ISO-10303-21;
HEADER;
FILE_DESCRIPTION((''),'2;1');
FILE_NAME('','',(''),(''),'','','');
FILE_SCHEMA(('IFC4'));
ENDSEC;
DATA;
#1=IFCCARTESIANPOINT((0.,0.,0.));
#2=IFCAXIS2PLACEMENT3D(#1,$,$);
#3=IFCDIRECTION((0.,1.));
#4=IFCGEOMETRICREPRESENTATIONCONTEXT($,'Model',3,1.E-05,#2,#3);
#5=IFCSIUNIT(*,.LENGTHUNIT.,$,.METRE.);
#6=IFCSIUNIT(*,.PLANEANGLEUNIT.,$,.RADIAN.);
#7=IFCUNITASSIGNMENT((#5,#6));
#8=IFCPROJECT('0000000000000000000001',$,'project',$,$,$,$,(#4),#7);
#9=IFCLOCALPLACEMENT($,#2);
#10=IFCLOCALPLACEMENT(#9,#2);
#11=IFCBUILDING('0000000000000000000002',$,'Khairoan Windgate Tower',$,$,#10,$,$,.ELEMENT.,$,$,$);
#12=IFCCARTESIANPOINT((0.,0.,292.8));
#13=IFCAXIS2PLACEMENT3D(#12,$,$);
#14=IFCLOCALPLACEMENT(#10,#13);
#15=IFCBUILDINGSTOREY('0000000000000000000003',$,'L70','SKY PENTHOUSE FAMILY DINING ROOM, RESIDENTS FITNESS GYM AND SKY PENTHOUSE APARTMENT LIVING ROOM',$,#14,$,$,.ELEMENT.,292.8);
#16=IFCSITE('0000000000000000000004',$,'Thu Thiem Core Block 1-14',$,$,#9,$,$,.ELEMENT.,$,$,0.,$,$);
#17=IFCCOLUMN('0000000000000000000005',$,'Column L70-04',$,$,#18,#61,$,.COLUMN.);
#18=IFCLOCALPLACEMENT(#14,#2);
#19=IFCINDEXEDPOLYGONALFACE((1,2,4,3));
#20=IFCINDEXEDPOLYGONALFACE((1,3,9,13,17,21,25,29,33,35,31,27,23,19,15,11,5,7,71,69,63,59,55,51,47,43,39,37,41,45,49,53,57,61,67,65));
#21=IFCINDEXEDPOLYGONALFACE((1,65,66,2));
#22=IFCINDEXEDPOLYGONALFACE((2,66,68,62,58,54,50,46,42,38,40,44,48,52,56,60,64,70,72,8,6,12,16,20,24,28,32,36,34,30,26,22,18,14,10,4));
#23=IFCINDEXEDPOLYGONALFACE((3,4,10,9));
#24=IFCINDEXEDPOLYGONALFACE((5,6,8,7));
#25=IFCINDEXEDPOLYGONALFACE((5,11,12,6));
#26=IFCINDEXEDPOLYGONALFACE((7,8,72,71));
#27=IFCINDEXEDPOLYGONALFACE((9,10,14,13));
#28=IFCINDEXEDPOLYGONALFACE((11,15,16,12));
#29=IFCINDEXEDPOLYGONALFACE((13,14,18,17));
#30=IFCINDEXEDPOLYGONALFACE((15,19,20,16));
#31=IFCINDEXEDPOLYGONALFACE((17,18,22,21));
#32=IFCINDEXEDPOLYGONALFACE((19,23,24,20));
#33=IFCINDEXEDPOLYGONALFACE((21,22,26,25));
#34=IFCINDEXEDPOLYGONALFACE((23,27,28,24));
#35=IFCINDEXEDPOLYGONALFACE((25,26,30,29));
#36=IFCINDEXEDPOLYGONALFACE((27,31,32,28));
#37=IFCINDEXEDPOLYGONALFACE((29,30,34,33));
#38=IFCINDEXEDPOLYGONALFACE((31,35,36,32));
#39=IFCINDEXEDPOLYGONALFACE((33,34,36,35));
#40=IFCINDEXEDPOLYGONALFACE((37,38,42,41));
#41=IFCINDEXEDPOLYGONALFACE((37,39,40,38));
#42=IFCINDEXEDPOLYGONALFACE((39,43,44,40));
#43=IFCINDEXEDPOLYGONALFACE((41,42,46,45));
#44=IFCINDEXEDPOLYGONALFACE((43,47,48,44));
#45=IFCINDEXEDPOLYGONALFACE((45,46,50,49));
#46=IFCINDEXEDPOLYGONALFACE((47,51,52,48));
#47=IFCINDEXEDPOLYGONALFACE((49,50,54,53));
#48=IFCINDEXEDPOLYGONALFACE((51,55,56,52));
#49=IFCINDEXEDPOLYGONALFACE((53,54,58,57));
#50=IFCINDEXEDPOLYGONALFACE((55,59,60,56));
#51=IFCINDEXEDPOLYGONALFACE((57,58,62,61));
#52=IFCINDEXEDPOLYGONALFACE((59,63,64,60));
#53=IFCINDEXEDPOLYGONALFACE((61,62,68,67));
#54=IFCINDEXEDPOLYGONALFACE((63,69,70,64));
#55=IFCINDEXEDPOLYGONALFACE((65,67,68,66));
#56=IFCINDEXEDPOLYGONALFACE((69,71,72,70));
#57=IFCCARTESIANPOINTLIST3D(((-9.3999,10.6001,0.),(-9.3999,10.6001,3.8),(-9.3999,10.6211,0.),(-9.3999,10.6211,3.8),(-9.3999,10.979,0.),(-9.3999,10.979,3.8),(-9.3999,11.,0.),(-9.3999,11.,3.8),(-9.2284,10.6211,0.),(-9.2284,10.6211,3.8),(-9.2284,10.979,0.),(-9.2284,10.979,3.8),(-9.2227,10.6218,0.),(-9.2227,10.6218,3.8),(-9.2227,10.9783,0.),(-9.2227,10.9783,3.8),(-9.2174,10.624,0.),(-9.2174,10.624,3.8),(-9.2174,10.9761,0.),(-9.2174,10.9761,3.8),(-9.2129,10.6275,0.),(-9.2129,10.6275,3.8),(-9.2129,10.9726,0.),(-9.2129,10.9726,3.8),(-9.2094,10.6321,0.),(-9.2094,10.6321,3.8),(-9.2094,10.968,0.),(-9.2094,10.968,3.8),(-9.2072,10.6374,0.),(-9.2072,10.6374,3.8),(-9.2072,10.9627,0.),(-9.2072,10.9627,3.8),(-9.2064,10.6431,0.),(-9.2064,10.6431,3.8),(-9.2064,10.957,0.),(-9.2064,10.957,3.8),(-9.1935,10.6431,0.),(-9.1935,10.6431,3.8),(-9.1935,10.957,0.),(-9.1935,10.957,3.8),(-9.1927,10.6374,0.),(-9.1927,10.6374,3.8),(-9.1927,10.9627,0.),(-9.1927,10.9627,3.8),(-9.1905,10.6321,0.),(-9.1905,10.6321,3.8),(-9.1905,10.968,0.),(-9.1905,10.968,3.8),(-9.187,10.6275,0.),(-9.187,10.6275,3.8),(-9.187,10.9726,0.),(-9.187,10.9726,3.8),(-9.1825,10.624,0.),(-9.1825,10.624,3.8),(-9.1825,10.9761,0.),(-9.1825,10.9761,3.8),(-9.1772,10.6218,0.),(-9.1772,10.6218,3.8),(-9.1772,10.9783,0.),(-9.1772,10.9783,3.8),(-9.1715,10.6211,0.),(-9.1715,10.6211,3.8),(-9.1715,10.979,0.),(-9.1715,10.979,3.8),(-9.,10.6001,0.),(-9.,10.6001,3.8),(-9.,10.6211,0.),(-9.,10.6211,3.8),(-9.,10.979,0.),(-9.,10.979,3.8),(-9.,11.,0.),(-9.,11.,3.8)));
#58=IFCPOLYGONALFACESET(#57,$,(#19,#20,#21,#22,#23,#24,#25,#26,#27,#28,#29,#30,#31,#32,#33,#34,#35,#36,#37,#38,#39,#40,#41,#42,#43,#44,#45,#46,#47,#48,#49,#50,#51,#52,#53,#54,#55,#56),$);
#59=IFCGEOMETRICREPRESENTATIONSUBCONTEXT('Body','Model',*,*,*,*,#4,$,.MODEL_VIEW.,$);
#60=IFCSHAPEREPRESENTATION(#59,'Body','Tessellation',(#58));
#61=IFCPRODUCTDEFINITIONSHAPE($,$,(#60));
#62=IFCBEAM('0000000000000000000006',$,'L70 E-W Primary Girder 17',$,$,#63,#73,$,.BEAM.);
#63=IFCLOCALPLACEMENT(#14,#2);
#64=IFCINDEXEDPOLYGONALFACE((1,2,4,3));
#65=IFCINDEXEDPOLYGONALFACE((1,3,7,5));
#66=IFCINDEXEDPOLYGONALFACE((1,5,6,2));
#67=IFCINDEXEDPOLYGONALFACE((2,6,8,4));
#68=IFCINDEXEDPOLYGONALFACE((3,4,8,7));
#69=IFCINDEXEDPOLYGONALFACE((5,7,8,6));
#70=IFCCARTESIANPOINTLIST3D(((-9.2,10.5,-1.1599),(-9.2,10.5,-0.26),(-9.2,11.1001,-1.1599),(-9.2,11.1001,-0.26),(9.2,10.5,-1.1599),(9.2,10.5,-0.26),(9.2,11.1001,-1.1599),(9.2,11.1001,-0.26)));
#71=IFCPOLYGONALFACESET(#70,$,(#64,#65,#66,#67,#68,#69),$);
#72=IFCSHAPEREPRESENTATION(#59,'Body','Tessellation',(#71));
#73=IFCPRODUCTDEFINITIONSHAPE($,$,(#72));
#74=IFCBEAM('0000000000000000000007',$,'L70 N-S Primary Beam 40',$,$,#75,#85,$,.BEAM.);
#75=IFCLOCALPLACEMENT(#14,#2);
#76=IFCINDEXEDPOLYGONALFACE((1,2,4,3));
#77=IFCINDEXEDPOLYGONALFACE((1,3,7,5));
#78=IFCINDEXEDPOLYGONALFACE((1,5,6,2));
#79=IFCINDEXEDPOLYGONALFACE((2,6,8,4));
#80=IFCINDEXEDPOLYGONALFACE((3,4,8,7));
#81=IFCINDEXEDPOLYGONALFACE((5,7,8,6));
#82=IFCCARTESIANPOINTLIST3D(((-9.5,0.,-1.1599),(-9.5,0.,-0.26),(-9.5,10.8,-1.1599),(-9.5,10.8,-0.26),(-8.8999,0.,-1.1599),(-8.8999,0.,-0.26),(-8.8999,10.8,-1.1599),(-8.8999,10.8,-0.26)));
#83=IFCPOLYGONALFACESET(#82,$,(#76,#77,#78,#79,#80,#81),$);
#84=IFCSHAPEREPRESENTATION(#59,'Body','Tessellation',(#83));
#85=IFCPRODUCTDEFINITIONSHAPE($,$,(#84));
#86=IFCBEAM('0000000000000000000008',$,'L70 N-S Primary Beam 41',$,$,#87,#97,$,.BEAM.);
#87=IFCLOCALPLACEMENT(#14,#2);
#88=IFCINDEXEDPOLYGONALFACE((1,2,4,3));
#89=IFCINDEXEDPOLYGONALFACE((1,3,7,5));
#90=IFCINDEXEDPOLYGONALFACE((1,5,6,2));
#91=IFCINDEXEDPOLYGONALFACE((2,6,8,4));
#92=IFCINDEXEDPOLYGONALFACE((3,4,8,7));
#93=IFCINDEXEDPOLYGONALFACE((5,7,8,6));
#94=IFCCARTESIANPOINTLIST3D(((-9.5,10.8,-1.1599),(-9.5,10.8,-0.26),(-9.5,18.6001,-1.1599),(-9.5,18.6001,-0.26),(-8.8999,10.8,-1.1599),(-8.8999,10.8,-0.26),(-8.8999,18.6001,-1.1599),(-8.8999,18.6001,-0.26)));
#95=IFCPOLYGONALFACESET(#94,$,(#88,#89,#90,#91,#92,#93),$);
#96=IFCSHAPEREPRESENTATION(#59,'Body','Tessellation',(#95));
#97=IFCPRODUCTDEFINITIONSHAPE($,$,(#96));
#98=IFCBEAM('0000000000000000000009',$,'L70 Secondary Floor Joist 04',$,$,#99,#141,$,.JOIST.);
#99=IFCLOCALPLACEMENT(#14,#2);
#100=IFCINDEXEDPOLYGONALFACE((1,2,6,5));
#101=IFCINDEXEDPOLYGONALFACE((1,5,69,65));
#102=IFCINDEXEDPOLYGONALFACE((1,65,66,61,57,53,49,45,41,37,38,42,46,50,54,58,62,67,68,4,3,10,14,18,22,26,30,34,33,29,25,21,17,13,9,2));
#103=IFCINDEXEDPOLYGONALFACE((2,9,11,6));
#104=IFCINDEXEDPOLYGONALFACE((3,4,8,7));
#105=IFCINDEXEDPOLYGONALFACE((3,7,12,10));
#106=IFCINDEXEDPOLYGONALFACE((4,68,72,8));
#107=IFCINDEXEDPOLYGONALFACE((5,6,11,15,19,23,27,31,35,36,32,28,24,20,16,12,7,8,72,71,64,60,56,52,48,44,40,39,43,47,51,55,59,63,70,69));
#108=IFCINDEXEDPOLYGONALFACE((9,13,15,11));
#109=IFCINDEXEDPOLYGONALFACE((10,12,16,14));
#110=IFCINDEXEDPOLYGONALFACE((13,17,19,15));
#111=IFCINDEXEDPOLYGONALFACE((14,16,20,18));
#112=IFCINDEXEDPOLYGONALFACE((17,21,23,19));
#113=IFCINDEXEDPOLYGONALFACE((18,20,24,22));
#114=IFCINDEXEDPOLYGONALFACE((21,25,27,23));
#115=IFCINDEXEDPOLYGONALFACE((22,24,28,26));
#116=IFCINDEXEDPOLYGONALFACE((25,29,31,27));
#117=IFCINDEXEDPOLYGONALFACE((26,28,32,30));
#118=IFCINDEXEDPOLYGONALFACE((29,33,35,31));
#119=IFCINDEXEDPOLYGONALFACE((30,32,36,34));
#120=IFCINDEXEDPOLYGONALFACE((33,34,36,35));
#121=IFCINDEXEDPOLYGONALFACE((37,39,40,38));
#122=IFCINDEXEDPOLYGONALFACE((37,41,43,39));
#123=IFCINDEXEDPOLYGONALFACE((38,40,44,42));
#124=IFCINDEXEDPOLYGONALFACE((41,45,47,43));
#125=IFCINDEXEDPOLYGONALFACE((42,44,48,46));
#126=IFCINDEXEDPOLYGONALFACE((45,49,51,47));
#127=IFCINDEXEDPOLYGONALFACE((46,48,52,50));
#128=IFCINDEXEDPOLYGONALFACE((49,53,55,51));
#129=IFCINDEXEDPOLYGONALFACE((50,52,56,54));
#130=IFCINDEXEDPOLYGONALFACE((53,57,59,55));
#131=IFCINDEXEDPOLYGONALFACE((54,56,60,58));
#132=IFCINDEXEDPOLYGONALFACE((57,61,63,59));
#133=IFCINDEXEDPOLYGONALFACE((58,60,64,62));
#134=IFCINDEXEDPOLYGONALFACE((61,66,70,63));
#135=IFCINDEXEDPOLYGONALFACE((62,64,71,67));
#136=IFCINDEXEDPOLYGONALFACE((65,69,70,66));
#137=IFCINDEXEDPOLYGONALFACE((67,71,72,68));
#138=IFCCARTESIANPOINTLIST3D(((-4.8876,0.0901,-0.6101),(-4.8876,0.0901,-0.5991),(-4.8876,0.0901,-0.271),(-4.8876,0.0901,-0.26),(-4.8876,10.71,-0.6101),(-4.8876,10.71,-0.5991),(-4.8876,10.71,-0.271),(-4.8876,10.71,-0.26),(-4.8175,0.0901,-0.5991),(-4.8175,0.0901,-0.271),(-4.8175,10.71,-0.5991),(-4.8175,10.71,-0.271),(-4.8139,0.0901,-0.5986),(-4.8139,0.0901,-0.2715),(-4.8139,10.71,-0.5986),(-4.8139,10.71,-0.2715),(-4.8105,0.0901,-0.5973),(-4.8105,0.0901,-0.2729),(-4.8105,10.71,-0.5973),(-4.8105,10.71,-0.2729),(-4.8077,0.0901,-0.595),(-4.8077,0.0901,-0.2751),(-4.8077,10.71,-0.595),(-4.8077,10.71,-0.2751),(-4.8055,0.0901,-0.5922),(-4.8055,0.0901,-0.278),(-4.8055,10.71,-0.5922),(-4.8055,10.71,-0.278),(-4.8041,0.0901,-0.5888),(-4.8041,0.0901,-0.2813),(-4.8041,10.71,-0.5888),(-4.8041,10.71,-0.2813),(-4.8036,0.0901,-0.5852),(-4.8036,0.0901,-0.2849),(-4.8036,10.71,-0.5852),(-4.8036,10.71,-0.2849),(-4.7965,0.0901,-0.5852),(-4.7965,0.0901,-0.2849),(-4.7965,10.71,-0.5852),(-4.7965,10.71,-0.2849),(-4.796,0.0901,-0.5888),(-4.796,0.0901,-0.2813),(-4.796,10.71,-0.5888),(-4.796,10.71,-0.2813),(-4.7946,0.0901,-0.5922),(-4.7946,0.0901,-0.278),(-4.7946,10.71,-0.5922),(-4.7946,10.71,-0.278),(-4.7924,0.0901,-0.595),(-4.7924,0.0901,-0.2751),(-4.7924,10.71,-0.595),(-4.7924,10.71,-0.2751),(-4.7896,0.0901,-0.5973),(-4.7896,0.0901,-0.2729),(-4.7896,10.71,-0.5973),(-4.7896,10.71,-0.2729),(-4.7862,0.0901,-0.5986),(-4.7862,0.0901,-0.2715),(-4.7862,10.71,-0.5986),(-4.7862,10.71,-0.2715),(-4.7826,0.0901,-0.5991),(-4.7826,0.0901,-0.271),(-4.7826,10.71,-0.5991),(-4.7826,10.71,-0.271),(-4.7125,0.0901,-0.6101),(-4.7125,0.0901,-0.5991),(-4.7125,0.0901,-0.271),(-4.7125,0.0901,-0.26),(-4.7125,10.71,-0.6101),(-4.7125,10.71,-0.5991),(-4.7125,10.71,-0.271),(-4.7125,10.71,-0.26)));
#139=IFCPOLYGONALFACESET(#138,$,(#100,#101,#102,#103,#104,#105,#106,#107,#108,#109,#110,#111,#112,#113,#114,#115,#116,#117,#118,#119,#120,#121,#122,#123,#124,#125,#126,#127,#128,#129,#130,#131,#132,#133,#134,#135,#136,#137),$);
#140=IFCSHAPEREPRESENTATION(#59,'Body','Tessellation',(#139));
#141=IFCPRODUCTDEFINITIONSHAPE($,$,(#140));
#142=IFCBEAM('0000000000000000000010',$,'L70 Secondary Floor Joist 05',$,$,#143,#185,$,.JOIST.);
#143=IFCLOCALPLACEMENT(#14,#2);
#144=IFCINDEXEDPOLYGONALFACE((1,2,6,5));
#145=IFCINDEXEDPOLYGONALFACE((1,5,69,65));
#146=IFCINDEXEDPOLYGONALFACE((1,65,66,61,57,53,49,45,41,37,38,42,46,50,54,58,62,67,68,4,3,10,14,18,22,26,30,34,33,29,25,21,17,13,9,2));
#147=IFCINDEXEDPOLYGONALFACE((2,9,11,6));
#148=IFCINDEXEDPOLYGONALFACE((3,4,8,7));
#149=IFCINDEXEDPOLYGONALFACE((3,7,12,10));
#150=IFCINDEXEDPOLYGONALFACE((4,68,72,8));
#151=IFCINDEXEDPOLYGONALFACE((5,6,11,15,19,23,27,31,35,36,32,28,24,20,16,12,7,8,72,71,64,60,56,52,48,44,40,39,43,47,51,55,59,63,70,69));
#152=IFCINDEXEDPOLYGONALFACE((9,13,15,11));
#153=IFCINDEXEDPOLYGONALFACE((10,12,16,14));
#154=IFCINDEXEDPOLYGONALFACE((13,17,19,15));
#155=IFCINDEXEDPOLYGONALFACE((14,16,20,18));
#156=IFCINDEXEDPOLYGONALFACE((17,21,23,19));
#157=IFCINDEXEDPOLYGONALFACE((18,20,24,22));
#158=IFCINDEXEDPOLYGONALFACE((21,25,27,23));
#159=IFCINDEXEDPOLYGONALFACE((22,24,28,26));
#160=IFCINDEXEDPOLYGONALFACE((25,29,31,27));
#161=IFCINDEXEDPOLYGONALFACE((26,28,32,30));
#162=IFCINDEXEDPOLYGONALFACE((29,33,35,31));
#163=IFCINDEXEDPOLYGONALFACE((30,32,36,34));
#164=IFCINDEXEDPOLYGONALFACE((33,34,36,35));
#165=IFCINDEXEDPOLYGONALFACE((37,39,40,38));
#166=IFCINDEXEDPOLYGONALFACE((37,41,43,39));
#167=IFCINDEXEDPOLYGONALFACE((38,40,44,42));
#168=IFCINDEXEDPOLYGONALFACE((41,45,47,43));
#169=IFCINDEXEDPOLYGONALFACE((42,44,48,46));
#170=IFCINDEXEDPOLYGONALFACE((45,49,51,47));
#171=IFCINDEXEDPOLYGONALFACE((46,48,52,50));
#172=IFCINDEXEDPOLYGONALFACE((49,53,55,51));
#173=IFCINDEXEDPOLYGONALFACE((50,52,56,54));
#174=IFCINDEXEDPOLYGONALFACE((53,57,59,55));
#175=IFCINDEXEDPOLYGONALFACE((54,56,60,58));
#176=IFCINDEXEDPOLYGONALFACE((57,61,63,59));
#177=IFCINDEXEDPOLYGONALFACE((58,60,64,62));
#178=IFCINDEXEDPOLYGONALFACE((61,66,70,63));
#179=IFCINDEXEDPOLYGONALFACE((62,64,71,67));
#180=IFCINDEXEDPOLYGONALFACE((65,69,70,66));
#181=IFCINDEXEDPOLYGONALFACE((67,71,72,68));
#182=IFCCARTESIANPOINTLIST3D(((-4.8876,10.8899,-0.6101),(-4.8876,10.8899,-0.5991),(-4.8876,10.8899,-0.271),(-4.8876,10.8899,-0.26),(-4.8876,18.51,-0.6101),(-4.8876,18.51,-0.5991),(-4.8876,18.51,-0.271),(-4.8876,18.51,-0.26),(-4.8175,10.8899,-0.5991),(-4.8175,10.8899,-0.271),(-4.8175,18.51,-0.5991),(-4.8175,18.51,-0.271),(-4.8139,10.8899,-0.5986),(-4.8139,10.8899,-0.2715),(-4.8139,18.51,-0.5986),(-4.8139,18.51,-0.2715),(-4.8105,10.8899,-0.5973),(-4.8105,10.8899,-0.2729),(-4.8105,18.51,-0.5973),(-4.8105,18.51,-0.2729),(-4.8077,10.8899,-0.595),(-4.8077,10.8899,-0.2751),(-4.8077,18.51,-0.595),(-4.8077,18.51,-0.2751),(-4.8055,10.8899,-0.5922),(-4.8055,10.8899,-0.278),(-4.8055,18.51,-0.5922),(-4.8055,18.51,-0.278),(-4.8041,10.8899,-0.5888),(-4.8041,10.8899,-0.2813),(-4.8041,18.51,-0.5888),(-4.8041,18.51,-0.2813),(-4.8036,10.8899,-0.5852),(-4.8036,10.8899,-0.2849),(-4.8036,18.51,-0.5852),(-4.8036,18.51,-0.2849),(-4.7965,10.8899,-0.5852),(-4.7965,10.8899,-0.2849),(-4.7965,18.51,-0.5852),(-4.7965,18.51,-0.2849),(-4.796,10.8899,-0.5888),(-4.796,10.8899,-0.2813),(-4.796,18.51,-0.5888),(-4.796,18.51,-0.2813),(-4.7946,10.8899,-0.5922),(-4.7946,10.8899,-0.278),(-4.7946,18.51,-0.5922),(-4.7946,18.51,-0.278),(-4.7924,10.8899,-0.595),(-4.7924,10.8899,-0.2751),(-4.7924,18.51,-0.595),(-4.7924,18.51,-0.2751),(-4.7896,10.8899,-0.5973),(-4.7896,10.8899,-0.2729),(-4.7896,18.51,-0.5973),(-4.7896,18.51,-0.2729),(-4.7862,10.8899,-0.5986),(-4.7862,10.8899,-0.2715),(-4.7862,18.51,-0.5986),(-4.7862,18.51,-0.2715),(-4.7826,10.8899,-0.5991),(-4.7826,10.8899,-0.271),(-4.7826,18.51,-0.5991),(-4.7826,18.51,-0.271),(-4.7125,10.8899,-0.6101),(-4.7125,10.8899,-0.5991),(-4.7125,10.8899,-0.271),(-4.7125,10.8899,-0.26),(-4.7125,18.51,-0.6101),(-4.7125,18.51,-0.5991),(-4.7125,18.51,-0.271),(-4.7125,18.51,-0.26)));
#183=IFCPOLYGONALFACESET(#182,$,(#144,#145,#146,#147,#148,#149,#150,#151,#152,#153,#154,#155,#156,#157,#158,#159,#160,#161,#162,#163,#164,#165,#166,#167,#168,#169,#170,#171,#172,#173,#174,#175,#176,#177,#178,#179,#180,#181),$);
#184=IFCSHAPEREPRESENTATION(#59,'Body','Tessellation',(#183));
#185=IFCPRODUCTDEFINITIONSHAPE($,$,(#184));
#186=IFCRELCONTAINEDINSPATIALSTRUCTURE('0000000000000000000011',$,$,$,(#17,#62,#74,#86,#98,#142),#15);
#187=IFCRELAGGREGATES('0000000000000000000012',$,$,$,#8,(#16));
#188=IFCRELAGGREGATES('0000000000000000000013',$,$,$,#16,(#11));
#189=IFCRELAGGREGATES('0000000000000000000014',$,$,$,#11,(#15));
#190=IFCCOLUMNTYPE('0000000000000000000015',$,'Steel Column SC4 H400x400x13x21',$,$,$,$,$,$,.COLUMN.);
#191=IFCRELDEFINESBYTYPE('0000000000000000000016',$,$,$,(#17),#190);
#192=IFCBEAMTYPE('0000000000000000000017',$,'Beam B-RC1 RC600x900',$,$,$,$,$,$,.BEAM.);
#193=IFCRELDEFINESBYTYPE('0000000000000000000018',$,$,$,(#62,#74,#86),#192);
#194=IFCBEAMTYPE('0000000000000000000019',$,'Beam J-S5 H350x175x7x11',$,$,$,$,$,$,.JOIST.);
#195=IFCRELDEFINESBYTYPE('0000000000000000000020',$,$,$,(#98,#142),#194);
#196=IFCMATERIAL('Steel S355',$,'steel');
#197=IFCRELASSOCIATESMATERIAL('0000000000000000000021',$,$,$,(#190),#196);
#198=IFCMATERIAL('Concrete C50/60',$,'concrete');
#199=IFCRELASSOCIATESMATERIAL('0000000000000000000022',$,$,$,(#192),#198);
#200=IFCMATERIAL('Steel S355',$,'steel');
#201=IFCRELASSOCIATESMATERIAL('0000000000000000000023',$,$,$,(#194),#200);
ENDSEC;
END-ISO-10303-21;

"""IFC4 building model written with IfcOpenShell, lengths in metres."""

from ifc_helpers import new_model, si_unit, direction, frame, origin, origin_2d, place, context, subcontext, project, spatial, rectangle, i_section, extrude, material, material_profile, profile_set, type_object, element, save


model = new_model("IFC4")

# Units and contexts
model_context = context("Model", 3, precision=1e-05, world=origin(), true_north=direction((0.0, 1.0)))
body_context = subcontext(model_context, "Body", "Model", "MODEL_VIEW")
ifc_project = project(units=[si_unit("LENGTHUNIT", "METRE"), si_unit("PLANEANGLEUNIT", "RADIAN")], contexts=[model_context])

# Site, building, storey
site_placement = place(None, origin())
site = spatial("IfcSite", under=ifc_project, at=site_placement, Name="Thu Thiem Core Block 1-14", CompositionType="ELEMENT", RefElevation=0.0)
building_placement = place(site_placement, origin())
building = spatial("IfcBuilding", under=site, at=building_placement, Name="Khairoan Windgate Tower", CompositionType="ELEMENT")
storey_placement = place(building_placement, frame((0.0, 0.0, 292.8)))
storey = spatial("IfcBuildingStorey", under=building, at=storey_placement, Name="L70", Description="SKY PENTHOUSE FAMILY DINING ROOM, RESIDENTS FITNESS GYM AND SKY PENTHOUSE APARTMENT LIVING ROOM", CompositionType="ELEMENT", Elevation=292.8)

# Column
ifc_material_1 = material(Name="Steel S355", Category="steel")
ifc_material_profile_1 = material_profile(ifc_material_1, i_section(OverallWidth=0.3999, OverallDepth=0.3999, WebThickness=0.0129, FlangeThickness=0.021, FilletRadius=0.022, at=origin_2d()))
ifc_profile_set_1 = profile_set([ifc_material_profile_1], Name="Steel S355")
column_type = type_object("IfcColumnType", Name="Steel Column SC4 H400x400x13x21", PredefinedType="COLUMN", material=ifc_profile_set_1)
column_placement = place(storey_placement, frame((-9.2, 10.8, 0.0), z_axis=(0.0, 0.0, 1.0), x_axis=(1.0, 0.0, 0.0)))
element("IfcColumn", 1, at=column_placement, inside=storey, type_object=column_type, Name="Column L70-04", PredefinedType="COLUMN", context=body_context, shape_type="SweptSolid", body=[
    extrude(i_section(OverallWidth=0.3999, OverallDepth=0.3999, WebThickness=0.0129, FlangeThickness=0.021, FilletRadius=0.022, at=origin_2d()), origin(), (0.0, 0.0, 1.0), 3.8),
])

# Beams
ifc_material_2 = material(Name="Concrete C50/60", Category="concrete")
ifc_material_profile_2 = material_profile(ifc_material_2, rectangle(XDim=0.6001, YDim=0.8999, at=origin_2d()))
ifc_profile_set_2 = profile_set([ifc_material_profile_2], Name="Concrete C50/60")
beam_type_1 = type_object("IfcBeamType", Name="Beam B-RC1 RC600x900", PredefinedType="BEAM", material=ifc_profile_set_2)
beam_1_placement = place(storey_placement, frame((-9.2, 10.8, -0.71), z_axis=(1.0, 0.0, 0.0), x_axis=(0.0, 1.0, 0.0)))
element("IfcBeam", 2, at=beam_1_placement, inside=storey, type_object=beam_type_1, Name="L70 E-W Primary Girder 17", PredefinedType="BEAM", context=body_context, shape_type="SweptSolid", body=[
    extrude(rectangle(XDim=0.6001, YDim=0.8999, at=origin_2d()), origin(), (0.0, 0.0, 1.0), 18.3999),
])
beam_2_placement = place(storey_placement, frame((-9.2, 0.0, -0.71), z_axis=(0.0, 1.0, 0.0), x_axis=(-1.0, 0.0, 0.0)))
element("IfcBeam", 3, at=beam_2_placement, inside=storey, type_object=beam_type_1, Name="L70 N-S Primary Beam 40", PredefinedType="BEAM", context=body_context, shape_type="SweptSolid", body=[
    extrude(rectangle(XDim=0.6001, YDim=0.8999, at=origin_2d()), origin(), (0.0, 0.0, 1.0), 10.8),
])
beam_3_placement = place(storey_placement, frame((-9.2, 10.8, -0.71), z_axis=(0.0, 1.0, 0.0), x_axis=(-1.0, 0.0, 0.0)))
element("IfcBeam", 4, at=beam_3_placement, inside=storey, type_object=beam_type_1, Name="L70 N-S Primary Beam 41", PredefinedType="BEAM", context=body_context, shape_type="SweptSolid", body=[
    extrude(rectangle(XDim=0.6001, YDim=0.8999, at=origin_2d()), origin(), (0.0, 0.0, 1.0), 7.8),
])
ifc_material_3 = material(Name="Steel S355", Category="steel")
ifc_material_profile_3 = material_profile(ifc_material_3, i_section(OverallWidth=0.175, OverallDepth=0.3501, WebThickness=0.0071, FlangeThickness=0.011, FilletRadius=0.0139, at=origin_2d()))
ifc_profile_set_3 = profile_set([ifc_material_profile_3], Name="Steel S355")
beam_type_2 = type_object("IfcBeamType", Name="Beam J-S5 H350x175x7x11", PredefinedType="JOIST", material=ifc_profile_set_3)
beam_4_placement = place(storey_placement, frame((-4.8, 0.0901, -0.4351), z_axis=(0.0, 1.0, 0.0), x_axis=(-1.0, 0.0, 0.0)))
element("IfcBeam", 5, at=beam_4_placement, inside=storey, type_object=beam_type_2, Name="L70 Secondary Floor Joist 04", PredefinedType="JOIST", context=body_context, shape_type="SweptSolid", body=[
    extrude(i_section(OverallWidth=0.175, OverallDepth=0.3501, WebThickness=0.0071, FlangeThickness=0.011, FilletRadius=0.0139, at=origin_2d()), origin(), (0.0, 0.0, 1.0), 10.6199),
])
beam_5_placement = place(storey_placement, frame((-4.8, 10.8899, -0.4351), z_axis=(0.0, 1.0, 0.0), x_axis=(-1.0, 0.0, 0.0)))
element("IfcBeam", 6, at=beam_5_placement, inside=storey, type_object=beam_type_2, Name="L70 Secondary Floor Joist 05", PredefinedType="JOIST", context=body_context, shape_type="SweptSolid", body=[
    extrude(i_section(OverallWidth=0.175, OverallDepth=0.3501, WebThickness=0.0071, FlangeThickness=0.011, FilletRadius=0.0139, at=origin_2d()), origin(), (0.0, 0.0, 1.0), 7.6201),
])

save(model, "model.ifc")
